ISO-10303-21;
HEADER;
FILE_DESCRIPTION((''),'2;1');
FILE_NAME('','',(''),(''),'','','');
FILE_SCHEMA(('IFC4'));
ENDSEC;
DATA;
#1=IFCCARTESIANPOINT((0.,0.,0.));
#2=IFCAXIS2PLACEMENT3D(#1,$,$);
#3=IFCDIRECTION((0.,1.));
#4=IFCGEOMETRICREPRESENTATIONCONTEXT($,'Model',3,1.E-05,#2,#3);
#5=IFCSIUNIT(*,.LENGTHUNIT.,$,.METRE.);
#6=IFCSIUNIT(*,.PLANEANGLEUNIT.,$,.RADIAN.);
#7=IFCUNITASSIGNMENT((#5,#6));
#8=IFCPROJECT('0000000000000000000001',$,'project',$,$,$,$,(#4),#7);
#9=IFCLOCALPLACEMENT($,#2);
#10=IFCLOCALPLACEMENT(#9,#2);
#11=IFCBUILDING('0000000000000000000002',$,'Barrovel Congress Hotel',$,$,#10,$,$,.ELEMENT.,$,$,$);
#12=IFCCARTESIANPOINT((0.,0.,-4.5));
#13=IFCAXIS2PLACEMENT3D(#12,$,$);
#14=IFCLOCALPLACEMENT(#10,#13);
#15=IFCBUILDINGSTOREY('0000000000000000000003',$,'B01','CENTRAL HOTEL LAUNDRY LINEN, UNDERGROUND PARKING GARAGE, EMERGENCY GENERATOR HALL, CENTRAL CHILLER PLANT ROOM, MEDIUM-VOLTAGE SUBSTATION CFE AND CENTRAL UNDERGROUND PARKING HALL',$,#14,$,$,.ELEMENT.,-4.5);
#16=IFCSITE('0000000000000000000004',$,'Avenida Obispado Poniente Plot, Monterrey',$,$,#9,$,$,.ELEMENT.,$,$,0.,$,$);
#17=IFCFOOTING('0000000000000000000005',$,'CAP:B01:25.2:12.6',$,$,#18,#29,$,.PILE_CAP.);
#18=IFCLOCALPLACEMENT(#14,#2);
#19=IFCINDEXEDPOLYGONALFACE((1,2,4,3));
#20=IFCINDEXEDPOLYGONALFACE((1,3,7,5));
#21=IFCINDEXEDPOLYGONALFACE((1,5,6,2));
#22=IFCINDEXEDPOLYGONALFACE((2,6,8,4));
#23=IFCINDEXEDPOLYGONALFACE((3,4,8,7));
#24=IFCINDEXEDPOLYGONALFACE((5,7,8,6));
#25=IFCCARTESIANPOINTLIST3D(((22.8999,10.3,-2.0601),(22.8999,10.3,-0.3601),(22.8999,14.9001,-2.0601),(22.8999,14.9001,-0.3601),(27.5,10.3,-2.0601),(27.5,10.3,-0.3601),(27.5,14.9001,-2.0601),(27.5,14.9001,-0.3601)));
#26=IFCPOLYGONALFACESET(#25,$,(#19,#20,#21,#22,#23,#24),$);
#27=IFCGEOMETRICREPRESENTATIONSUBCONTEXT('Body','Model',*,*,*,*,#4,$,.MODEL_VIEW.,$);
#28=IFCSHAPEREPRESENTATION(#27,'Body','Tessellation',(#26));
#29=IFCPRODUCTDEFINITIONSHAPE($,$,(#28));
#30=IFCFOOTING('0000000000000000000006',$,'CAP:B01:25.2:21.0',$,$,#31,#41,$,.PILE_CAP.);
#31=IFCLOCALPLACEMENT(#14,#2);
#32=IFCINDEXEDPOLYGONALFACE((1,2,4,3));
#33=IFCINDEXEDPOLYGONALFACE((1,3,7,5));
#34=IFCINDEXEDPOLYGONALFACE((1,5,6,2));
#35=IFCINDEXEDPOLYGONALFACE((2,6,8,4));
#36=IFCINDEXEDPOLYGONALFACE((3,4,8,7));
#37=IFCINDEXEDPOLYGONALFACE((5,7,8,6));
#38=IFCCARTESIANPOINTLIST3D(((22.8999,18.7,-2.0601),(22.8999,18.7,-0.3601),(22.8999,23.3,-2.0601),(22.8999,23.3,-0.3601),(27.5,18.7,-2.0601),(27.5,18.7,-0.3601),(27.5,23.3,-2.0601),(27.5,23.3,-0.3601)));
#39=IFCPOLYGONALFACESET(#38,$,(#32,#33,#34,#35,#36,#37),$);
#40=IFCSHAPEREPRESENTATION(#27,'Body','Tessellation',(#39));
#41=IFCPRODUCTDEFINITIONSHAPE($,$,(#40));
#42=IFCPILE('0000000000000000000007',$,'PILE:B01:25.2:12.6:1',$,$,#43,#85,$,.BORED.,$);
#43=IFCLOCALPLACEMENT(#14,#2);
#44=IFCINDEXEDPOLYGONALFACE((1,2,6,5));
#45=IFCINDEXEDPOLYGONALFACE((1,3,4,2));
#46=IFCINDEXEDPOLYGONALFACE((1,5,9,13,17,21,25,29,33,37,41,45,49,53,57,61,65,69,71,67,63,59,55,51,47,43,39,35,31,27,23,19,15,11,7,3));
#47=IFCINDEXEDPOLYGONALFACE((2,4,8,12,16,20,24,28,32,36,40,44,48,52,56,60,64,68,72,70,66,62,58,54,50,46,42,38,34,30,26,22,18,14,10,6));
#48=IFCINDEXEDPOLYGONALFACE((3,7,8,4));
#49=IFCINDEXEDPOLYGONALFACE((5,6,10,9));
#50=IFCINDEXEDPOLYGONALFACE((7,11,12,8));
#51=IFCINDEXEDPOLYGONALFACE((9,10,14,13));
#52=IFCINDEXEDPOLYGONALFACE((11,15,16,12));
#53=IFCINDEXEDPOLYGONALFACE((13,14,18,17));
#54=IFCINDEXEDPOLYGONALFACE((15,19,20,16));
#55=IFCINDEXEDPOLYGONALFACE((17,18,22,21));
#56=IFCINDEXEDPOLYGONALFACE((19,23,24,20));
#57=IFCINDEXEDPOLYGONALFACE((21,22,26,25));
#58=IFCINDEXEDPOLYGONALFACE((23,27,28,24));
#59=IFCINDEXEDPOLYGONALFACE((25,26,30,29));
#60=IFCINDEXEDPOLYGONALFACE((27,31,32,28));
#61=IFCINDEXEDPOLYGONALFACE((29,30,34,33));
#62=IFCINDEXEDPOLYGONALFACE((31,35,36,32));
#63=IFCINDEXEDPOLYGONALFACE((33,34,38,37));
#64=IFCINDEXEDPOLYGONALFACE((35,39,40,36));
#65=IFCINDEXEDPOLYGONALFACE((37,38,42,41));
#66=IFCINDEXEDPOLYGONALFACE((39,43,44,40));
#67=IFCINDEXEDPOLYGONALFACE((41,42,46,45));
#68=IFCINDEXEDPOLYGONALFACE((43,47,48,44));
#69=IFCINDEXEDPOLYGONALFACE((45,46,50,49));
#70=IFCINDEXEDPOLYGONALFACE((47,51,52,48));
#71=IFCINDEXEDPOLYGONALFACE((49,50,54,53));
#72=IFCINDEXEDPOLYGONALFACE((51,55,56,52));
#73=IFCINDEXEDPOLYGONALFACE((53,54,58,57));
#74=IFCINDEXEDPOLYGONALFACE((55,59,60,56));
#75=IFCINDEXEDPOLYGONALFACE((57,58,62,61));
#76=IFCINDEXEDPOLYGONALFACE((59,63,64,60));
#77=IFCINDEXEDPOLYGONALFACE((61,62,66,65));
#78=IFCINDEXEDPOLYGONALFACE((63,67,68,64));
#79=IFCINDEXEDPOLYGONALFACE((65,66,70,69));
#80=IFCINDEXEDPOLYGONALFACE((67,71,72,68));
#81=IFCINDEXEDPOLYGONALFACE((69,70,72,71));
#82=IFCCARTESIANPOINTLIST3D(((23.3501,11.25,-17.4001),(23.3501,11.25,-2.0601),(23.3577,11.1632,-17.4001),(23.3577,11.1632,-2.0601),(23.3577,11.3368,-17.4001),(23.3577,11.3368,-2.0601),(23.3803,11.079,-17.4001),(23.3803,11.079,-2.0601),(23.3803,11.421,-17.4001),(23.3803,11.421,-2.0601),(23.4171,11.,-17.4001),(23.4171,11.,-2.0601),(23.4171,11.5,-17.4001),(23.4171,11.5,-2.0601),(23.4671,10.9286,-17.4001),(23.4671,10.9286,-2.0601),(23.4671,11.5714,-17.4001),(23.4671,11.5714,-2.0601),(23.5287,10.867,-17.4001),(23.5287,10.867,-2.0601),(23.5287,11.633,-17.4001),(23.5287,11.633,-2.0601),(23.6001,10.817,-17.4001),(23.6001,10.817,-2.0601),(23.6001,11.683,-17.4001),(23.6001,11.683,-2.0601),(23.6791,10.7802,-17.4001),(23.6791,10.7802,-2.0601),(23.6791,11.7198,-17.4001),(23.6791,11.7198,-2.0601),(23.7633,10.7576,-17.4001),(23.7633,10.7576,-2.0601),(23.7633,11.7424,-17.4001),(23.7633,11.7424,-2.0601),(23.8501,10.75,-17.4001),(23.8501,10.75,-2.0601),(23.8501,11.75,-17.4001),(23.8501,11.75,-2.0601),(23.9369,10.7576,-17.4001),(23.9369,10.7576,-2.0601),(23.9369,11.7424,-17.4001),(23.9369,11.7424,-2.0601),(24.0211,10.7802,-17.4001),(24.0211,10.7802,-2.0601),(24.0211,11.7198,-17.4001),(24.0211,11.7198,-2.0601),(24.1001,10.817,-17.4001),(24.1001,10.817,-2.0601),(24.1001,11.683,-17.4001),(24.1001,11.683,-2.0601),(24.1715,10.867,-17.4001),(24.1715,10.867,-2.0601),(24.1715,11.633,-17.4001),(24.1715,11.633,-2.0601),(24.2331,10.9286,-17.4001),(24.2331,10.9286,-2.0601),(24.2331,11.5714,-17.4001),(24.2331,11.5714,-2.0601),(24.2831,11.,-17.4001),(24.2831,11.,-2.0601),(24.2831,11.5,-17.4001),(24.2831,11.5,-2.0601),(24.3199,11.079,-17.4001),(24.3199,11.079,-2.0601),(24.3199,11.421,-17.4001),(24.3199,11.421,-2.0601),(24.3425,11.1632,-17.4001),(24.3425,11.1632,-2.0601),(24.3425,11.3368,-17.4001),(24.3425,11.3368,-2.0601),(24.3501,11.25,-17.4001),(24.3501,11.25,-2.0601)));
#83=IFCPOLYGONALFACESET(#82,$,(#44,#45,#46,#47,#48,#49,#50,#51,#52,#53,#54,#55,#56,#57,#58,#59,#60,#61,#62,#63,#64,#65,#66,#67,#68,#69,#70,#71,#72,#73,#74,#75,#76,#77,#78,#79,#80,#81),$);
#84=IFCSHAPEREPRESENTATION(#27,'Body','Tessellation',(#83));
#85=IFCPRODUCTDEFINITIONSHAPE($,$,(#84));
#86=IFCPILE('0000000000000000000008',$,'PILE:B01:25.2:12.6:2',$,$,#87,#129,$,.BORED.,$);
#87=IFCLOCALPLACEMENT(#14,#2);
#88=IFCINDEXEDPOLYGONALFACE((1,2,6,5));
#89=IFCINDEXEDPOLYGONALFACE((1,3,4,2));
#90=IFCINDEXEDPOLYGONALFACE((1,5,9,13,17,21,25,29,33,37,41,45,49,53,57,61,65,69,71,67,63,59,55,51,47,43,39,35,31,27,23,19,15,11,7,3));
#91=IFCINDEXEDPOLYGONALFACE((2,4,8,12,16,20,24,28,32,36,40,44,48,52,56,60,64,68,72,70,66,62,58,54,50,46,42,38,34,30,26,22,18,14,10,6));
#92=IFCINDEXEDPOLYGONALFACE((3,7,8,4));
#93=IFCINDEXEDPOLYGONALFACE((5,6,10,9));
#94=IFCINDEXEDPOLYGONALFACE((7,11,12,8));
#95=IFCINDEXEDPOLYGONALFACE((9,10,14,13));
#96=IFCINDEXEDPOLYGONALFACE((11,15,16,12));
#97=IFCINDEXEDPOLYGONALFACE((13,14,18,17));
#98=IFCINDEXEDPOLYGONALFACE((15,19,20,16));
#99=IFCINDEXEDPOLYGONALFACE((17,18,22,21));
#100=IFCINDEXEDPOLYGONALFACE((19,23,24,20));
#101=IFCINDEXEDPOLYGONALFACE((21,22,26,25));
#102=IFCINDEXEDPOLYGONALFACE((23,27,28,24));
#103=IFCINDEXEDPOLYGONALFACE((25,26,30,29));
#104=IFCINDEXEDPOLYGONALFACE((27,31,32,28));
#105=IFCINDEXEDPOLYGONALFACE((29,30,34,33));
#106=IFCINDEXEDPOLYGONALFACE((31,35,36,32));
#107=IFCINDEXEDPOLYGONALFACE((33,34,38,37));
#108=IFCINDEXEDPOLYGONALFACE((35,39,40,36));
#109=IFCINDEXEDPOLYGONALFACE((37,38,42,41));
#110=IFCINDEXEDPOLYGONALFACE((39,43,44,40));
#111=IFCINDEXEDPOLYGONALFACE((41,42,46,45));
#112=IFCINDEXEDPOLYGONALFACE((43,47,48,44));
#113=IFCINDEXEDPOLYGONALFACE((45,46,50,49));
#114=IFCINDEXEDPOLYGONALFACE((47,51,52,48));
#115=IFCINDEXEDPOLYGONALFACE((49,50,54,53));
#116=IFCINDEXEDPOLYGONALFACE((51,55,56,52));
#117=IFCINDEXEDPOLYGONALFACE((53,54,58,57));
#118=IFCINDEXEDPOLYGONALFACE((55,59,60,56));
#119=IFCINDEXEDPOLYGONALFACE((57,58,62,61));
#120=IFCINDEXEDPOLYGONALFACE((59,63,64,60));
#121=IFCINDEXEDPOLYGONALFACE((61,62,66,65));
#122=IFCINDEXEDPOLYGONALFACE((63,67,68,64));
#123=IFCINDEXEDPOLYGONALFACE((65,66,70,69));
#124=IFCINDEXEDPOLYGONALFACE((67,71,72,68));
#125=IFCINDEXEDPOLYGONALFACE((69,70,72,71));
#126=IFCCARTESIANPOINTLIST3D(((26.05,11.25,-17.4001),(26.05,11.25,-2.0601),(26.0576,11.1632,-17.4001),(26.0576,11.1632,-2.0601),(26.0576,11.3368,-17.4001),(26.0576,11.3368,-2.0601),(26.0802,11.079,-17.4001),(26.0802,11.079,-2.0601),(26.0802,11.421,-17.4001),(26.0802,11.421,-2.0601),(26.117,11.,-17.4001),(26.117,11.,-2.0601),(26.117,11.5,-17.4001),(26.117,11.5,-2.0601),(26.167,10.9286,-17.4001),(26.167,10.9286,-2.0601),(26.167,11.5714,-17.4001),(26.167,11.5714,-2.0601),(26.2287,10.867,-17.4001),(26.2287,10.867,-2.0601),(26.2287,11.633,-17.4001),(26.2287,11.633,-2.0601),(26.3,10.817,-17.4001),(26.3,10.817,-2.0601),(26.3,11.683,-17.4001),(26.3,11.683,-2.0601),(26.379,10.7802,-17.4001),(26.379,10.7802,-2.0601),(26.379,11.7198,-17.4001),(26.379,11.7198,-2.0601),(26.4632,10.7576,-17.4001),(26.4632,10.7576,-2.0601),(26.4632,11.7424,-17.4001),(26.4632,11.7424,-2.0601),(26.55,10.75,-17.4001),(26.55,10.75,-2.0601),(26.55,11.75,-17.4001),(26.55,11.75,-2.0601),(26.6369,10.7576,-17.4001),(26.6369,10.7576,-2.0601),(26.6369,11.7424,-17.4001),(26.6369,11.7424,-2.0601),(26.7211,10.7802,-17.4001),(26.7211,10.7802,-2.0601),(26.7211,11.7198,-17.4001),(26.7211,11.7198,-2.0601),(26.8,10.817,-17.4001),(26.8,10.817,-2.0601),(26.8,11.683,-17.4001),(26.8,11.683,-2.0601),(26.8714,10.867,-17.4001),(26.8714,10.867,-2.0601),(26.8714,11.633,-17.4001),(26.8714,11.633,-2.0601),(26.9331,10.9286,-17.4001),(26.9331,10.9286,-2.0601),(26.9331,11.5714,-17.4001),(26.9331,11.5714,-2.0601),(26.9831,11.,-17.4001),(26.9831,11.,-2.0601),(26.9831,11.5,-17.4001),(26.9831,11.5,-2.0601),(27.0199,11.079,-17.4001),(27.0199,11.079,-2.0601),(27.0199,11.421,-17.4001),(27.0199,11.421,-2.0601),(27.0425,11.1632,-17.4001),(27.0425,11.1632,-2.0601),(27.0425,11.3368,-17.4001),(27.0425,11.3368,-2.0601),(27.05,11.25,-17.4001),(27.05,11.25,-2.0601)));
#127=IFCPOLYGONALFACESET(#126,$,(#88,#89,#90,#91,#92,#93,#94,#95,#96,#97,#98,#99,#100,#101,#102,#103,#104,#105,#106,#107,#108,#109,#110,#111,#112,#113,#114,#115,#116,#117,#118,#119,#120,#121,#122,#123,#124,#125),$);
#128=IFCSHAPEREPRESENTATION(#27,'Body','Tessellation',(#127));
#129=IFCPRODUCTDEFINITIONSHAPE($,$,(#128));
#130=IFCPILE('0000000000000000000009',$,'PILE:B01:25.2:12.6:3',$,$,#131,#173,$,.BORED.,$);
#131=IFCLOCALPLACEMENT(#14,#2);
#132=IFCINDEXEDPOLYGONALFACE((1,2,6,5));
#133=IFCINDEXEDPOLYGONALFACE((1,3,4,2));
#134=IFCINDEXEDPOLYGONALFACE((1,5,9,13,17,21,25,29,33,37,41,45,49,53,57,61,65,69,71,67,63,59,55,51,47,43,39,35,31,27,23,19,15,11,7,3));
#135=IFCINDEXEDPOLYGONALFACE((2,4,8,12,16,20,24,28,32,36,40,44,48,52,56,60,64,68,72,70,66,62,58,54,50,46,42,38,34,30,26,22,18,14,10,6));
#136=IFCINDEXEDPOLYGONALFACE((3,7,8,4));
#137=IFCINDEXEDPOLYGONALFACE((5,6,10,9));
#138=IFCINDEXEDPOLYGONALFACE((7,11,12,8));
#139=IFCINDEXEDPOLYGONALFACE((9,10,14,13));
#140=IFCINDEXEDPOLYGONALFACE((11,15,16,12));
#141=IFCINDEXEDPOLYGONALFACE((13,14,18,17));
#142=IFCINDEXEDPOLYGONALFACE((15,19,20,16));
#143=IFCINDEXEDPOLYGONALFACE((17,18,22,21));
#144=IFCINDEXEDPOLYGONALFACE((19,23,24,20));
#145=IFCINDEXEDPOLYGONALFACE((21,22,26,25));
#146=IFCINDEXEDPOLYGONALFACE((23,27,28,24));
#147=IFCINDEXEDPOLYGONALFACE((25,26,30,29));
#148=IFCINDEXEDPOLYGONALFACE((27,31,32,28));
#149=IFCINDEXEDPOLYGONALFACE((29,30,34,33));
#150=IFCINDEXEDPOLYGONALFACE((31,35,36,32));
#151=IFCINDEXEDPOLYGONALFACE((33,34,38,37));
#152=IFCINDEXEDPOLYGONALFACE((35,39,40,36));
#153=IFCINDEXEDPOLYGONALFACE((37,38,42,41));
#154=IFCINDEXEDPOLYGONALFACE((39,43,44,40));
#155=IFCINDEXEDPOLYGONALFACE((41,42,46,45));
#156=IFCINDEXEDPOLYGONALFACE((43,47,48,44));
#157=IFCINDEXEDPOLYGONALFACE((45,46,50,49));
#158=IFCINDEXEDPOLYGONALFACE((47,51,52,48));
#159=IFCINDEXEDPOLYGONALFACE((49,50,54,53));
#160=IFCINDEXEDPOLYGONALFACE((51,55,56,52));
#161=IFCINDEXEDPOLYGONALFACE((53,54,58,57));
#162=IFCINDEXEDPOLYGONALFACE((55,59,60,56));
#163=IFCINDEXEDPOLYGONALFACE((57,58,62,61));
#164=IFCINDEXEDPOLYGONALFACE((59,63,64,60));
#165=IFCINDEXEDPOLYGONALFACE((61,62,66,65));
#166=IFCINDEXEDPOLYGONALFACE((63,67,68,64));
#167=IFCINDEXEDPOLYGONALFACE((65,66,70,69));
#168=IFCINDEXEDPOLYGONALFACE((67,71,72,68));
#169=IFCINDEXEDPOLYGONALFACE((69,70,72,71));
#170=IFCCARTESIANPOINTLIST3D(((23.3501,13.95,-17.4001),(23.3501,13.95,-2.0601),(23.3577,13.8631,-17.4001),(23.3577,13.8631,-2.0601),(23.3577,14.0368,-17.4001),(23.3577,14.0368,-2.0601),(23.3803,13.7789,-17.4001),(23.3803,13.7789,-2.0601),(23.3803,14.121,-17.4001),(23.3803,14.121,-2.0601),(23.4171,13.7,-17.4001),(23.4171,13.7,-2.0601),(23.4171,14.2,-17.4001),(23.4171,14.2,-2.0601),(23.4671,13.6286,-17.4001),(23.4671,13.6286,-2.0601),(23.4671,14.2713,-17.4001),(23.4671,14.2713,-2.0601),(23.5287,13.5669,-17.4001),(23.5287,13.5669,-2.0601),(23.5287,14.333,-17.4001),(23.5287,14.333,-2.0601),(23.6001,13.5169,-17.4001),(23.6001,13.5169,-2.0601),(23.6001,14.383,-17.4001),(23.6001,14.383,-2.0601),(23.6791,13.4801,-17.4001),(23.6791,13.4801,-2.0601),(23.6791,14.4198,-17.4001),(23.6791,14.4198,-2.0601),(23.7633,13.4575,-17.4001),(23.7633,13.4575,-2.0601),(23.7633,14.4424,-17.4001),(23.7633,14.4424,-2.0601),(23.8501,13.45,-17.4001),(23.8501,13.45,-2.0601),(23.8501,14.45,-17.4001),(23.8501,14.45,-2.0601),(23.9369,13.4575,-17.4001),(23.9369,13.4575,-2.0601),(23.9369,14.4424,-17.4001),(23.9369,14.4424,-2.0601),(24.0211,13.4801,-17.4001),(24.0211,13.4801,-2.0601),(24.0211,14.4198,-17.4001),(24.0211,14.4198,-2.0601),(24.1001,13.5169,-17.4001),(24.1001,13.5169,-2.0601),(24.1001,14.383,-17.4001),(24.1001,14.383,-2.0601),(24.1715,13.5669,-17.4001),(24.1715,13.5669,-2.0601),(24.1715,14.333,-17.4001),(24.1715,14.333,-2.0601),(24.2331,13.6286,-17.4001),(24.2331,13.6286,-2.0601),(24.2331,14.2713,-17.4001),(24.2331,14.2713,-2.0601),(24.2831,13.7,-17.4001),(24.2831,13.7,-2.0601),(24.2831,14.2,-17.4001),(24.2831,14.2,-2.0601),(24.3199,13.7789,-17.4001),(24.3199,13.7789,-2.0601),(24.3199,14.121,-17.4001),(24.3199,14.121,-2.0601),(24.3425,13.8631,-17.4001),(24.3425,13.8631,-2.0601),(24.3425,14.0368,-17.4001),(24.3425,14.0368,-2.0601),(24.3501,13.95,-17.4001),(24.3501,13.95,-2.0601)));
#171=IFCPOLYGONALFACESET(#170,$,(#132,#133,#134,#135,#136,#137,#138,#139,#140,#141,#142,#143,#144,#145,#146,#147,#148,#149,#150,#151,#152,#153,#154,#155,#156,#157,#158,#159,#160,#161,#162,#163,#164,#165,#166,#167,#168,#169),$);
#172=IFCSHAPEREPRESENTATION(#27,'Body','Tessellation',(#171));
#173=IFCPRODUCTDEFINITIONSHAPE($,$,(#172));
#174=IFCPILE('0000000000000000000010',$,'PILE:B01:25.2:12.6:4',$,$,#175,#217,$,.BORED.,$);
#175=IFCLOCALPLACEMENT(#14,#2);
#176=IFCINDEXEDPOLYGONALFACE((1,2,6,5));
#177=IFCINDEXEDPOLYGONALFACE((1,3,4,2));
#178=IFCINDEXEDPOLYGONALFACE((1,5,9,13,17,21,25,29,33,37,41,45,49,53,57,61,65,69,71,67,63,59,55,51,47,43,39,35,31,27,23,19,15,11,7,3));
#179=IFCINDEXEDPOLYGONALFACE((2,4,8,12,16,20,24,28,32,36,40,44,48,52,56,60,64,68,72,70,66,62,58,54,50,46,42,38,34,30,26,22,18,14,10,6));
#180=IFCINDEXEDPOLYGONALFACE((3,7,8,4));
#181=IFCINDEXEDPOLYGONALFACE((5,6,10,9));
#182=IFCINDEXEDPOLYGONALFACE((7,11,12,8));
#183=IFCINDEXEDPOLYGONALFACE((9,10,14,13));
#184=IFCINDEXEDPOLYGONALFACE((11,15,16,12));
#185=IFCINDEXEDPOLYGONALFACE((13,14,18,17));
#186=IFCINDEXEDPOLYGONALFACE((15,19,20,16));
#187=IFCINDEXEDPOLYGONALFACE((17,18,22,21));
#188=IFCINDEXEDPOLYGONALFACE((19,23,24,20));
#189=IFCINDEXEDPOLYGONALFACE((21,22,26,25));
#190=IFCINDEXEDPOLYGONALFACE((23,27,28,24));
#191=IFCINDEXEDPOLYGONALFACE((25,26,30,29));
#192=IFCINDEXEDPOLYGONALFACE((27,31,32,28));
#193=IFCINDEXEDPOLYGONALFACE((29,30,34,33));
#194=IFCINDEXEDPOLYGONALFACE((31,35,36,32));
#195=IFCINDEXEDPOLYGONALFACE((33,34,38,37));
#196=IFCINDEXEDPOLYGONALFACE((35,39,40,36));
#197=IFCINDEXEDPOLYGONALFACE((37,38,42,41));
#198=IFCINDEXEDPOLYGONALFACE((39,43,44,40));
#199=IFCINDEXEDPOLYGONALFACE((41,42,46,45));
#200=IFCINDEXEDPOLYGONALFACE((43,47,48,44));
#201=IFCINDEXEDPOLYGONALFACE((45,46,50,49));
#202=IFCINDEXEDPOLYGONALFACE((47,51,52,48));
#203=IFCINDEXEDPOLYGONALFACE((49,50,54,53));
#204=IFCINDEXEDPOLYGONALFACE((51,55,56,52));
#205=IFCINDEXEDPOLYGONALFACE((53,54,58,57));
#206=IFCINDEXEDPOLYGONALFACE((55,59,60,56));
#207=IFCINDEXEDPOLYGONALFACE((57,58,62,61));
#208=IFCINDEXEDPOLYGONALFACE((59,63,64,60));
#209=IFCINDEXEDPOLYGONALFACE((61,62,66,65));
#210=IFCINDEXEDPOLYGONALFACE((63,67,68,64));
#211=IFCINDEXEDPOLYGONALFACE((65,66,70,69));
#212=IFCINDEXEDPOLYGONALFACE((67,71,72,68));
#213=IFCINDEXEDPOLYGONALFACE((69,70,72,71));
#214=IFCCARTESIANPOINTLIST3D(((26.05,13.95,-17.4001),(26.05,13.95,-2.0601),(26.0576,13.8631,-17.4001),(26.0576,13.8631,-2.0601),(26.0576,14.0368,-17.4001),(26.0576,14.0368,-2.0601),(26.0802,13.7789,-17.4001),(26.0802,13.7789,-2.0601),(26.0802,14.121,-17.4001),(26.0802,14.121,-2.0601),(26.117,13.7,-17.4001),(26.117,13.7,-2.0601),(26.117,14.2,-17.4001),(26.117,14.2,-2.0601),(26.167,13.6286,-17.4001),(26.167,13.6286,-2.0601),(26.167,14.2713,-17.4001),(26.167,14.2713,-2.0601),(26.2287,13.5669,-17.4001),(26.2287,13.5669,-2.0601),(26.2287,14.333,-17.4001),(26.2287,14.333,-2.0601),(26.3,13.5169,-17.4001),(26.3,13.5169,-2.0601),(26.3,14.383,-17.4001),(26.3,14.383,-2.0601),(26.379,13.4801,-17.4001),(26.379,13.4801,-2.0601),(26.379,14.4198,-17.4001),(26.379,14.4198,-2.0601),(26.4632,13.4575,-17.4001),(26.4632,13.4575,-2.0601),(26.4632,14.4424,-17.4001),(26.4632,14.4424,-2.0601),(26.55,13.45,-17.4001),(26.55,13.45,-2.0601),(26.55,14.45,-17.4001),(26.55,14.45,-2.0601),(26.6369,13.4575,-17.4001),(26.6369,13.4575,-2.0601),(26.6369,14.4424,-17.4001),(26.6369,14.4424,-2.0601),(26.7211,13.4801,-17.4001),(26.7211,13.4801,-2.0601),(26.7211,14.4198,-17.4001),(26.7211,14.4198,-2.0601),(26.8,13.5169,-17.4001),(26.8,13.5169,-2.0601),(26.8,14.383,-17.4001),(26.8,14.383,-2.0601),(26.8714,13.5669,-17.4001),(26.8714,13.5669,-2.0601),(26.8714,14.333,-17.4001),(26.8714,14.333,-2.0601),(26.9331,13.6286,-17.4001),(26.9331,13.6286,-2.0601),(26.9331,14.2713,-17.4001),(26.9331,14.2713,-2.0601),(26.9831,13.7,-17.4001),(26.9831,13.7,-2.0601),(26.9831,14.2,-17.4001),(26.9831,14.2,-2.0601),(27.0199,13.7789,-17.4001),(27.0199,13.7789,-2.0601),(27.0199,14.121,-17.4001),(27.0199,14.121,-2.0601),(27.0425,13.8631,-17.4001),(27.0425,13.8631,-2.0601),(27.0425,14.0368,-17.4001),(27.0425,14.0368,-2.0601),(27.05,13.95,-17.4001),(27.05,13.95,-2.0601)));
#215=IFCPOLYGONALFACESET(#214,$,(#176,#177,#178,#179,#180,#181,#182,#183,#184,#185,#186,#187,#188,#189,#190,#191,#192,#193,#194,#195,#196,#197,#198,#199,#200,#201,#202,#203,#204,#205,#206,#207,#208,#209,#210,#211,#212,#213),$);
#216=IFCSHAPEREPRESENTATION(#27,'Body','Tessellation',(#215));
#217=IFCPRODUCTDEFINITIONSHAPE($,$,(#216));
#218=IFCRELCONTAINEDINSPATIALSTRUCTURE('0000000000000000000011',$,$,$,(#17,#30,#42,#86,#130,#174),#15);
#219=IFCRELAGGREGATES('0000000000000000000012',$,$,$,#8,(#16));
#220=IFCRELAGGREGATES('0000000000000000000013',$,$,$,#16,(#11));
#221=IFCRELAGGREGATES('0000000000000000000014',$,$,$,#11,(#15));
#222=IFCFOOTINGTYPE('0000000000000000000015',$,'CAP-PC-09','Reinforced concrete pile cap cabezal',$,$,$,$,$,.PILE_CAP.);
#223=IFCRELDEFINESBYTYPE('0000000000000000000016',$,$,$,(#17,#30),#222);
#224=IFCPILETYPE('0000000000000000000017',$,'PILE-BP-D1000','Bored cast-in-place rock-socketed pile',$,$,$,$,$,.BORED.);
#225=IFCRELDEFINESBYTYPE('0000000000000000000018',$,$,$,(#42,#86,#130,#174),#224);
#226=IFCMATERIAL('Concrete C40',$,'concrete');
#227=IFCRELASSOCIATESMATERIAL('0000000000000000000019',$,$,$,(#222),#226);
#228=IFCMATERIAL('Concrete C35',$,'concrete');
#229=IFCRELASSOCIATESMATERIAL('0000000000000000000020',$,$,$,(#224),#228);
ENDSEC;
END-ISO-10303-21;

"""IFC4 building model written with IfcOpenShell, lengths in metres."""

from ifc_helpers import new_model, si_unit, direction, frame, origin, origin_2d, place, context, subcontext, project, spatial, rectangle, circle, extrude, material, material_profile, profile_set, type_object, element, save


model = new_model("IFC4")

# Units and contexts
model_context = context("Model", 3, precision=1e-05, world=origin(), true_north=direction((0.0, 1.0)))
body_context = subcontext(model_context, "Body", "Model", "MODEL_VIEW")
ifc_project = project(units=[si_unit("LENGTHUNIT", "METRE"), si_unit("PLANEANGLEUNIT", "RADIAN")], contexts=[model_context])

# Site, building, storey
site_placement = place(None, origin())
site = spatial("IfcSite", under=ifc_project, at=site_placement, Name="Avenida Obispado Poniente Plot, Monterrey", CompositionType="ELEMENT", RefElevation=0.0)
building_placement = place(site_placement, origin())
building = spatial("IfcBuilding", under=site, at=building_placement, Name="Barrovel Congress Hotel", CompositionType="ELEMENT")
storey_placement = place(building_placement, frame((0.0, 0.0, -4.5)))
storey = spatial("IfcBuildingStorey", under=building, at=storey_placement, Name="B01", Description="CENTRAL HOTEL LAUNDRY LINEN, UNDERGROUND PARKING GARAGE, EMERGENCY GENERATOR HALL, CENTRAL CHILLER PLANT ROOM, MEDIUM-VOLTAGE SUBSTATION CFE AND CENTRAL UNDERGROUND PARKING HALL", CompositionType="ELEMENT", Elevation=-4.5)

# Footings
ifc_material_1 = material(Name="Concrete C40", Category="concrete")
footing_type = type_object("IfcFootingType", Name="CAP-PC-09", Description="Reinforced concrete pile cap cabezal", PredefinedType="PILE_CAP", material=ifc_material_1)
for number, where, z_axis, x_axis, name in (
    (1, (25.2, 12.6001, -2.0601), (0.0, 0.0, 1.0), (1.0, 0.0, 0.0), "CAP:B01:25.2:12.6"),
    (2, (25.2, 21.0, -2.0601), (0.0, 0.0, 1.0), (1.0, 0.0, 0.0), "CAP:B01:25.2:21.0"),
):
    element("IfcFooting", number, at=place(storey_placement, frame(where, z_axis=z_axis, x_axis=x_axis)), inside=storey, type_object=footing_type, Name=name, PredefinedType="PILE_CAP", context=body_context, shape_type="SweptSolid", body=[
        extrude(rectangle(XDim=4.6001, YDim=4.6001, at=origin_2d()), origin(), (0.0, 0.0, 1.0), 1.7),
    ])

# Piles
ifc_material_2 = material(Name="Concrete C35", Category="concrete")
ifc_material_profile_1 = material_profile(ifc_material_2, circle(Radius=0.5, at=origin_2d()), Name="BP-D1000")
ifc_profile_set_1 = profile_set([ifc_material_profile_1], Name="Concrete C35")
pile_type = type_object("IfcPileType", Name="PILE-BP-D1000", Description="Bored cast-in-place rock-socketed pile", PredefinedType="BORED", material=ifc_profile_set_1)
for number, where, z_axis, x_axis, name in (
    (3, (23.8501, 11.25, -2.0601), (0.0, 0.0, -1.0), (1.0, 0.0, 0.0), "PILE:B01:25.2:12.6:1"),
    (4, (26.55, 11.25, -2.0601), (0.0, 0.0, -1.0), (1.0, 0.0, 0.0), "PILE:B01:25.2:12.6:2"),
    (5, (23.8501, 13.95, -2.0601), (0.0, 0.0, -1.0), (1.0, 0.0, 0.0), "PILE:B01:25.2:12.6:3"),
    (6, (26.55, 13.95, -2.0601), (0.0, 0.0, -1.0), (1.0, 0.0, 0.0), "PILE:B01:25.2:12.6:4"),
):
    element("IfcPile", number, at=place(storey_placement, frame(where, z_axis=z_axis, x_axis=x_axis)), inside=storey, type_object=pile_type, Name=name, PredefinedType="BORED", context=body_context, shape_type="SweptSolid", body=[
        extrude(circle(Radius=0.5, at=origin_2d()), origin(), (0.0, 0.0, 1.0), 15.3401),
    ])

save(model, "model.ifc")
